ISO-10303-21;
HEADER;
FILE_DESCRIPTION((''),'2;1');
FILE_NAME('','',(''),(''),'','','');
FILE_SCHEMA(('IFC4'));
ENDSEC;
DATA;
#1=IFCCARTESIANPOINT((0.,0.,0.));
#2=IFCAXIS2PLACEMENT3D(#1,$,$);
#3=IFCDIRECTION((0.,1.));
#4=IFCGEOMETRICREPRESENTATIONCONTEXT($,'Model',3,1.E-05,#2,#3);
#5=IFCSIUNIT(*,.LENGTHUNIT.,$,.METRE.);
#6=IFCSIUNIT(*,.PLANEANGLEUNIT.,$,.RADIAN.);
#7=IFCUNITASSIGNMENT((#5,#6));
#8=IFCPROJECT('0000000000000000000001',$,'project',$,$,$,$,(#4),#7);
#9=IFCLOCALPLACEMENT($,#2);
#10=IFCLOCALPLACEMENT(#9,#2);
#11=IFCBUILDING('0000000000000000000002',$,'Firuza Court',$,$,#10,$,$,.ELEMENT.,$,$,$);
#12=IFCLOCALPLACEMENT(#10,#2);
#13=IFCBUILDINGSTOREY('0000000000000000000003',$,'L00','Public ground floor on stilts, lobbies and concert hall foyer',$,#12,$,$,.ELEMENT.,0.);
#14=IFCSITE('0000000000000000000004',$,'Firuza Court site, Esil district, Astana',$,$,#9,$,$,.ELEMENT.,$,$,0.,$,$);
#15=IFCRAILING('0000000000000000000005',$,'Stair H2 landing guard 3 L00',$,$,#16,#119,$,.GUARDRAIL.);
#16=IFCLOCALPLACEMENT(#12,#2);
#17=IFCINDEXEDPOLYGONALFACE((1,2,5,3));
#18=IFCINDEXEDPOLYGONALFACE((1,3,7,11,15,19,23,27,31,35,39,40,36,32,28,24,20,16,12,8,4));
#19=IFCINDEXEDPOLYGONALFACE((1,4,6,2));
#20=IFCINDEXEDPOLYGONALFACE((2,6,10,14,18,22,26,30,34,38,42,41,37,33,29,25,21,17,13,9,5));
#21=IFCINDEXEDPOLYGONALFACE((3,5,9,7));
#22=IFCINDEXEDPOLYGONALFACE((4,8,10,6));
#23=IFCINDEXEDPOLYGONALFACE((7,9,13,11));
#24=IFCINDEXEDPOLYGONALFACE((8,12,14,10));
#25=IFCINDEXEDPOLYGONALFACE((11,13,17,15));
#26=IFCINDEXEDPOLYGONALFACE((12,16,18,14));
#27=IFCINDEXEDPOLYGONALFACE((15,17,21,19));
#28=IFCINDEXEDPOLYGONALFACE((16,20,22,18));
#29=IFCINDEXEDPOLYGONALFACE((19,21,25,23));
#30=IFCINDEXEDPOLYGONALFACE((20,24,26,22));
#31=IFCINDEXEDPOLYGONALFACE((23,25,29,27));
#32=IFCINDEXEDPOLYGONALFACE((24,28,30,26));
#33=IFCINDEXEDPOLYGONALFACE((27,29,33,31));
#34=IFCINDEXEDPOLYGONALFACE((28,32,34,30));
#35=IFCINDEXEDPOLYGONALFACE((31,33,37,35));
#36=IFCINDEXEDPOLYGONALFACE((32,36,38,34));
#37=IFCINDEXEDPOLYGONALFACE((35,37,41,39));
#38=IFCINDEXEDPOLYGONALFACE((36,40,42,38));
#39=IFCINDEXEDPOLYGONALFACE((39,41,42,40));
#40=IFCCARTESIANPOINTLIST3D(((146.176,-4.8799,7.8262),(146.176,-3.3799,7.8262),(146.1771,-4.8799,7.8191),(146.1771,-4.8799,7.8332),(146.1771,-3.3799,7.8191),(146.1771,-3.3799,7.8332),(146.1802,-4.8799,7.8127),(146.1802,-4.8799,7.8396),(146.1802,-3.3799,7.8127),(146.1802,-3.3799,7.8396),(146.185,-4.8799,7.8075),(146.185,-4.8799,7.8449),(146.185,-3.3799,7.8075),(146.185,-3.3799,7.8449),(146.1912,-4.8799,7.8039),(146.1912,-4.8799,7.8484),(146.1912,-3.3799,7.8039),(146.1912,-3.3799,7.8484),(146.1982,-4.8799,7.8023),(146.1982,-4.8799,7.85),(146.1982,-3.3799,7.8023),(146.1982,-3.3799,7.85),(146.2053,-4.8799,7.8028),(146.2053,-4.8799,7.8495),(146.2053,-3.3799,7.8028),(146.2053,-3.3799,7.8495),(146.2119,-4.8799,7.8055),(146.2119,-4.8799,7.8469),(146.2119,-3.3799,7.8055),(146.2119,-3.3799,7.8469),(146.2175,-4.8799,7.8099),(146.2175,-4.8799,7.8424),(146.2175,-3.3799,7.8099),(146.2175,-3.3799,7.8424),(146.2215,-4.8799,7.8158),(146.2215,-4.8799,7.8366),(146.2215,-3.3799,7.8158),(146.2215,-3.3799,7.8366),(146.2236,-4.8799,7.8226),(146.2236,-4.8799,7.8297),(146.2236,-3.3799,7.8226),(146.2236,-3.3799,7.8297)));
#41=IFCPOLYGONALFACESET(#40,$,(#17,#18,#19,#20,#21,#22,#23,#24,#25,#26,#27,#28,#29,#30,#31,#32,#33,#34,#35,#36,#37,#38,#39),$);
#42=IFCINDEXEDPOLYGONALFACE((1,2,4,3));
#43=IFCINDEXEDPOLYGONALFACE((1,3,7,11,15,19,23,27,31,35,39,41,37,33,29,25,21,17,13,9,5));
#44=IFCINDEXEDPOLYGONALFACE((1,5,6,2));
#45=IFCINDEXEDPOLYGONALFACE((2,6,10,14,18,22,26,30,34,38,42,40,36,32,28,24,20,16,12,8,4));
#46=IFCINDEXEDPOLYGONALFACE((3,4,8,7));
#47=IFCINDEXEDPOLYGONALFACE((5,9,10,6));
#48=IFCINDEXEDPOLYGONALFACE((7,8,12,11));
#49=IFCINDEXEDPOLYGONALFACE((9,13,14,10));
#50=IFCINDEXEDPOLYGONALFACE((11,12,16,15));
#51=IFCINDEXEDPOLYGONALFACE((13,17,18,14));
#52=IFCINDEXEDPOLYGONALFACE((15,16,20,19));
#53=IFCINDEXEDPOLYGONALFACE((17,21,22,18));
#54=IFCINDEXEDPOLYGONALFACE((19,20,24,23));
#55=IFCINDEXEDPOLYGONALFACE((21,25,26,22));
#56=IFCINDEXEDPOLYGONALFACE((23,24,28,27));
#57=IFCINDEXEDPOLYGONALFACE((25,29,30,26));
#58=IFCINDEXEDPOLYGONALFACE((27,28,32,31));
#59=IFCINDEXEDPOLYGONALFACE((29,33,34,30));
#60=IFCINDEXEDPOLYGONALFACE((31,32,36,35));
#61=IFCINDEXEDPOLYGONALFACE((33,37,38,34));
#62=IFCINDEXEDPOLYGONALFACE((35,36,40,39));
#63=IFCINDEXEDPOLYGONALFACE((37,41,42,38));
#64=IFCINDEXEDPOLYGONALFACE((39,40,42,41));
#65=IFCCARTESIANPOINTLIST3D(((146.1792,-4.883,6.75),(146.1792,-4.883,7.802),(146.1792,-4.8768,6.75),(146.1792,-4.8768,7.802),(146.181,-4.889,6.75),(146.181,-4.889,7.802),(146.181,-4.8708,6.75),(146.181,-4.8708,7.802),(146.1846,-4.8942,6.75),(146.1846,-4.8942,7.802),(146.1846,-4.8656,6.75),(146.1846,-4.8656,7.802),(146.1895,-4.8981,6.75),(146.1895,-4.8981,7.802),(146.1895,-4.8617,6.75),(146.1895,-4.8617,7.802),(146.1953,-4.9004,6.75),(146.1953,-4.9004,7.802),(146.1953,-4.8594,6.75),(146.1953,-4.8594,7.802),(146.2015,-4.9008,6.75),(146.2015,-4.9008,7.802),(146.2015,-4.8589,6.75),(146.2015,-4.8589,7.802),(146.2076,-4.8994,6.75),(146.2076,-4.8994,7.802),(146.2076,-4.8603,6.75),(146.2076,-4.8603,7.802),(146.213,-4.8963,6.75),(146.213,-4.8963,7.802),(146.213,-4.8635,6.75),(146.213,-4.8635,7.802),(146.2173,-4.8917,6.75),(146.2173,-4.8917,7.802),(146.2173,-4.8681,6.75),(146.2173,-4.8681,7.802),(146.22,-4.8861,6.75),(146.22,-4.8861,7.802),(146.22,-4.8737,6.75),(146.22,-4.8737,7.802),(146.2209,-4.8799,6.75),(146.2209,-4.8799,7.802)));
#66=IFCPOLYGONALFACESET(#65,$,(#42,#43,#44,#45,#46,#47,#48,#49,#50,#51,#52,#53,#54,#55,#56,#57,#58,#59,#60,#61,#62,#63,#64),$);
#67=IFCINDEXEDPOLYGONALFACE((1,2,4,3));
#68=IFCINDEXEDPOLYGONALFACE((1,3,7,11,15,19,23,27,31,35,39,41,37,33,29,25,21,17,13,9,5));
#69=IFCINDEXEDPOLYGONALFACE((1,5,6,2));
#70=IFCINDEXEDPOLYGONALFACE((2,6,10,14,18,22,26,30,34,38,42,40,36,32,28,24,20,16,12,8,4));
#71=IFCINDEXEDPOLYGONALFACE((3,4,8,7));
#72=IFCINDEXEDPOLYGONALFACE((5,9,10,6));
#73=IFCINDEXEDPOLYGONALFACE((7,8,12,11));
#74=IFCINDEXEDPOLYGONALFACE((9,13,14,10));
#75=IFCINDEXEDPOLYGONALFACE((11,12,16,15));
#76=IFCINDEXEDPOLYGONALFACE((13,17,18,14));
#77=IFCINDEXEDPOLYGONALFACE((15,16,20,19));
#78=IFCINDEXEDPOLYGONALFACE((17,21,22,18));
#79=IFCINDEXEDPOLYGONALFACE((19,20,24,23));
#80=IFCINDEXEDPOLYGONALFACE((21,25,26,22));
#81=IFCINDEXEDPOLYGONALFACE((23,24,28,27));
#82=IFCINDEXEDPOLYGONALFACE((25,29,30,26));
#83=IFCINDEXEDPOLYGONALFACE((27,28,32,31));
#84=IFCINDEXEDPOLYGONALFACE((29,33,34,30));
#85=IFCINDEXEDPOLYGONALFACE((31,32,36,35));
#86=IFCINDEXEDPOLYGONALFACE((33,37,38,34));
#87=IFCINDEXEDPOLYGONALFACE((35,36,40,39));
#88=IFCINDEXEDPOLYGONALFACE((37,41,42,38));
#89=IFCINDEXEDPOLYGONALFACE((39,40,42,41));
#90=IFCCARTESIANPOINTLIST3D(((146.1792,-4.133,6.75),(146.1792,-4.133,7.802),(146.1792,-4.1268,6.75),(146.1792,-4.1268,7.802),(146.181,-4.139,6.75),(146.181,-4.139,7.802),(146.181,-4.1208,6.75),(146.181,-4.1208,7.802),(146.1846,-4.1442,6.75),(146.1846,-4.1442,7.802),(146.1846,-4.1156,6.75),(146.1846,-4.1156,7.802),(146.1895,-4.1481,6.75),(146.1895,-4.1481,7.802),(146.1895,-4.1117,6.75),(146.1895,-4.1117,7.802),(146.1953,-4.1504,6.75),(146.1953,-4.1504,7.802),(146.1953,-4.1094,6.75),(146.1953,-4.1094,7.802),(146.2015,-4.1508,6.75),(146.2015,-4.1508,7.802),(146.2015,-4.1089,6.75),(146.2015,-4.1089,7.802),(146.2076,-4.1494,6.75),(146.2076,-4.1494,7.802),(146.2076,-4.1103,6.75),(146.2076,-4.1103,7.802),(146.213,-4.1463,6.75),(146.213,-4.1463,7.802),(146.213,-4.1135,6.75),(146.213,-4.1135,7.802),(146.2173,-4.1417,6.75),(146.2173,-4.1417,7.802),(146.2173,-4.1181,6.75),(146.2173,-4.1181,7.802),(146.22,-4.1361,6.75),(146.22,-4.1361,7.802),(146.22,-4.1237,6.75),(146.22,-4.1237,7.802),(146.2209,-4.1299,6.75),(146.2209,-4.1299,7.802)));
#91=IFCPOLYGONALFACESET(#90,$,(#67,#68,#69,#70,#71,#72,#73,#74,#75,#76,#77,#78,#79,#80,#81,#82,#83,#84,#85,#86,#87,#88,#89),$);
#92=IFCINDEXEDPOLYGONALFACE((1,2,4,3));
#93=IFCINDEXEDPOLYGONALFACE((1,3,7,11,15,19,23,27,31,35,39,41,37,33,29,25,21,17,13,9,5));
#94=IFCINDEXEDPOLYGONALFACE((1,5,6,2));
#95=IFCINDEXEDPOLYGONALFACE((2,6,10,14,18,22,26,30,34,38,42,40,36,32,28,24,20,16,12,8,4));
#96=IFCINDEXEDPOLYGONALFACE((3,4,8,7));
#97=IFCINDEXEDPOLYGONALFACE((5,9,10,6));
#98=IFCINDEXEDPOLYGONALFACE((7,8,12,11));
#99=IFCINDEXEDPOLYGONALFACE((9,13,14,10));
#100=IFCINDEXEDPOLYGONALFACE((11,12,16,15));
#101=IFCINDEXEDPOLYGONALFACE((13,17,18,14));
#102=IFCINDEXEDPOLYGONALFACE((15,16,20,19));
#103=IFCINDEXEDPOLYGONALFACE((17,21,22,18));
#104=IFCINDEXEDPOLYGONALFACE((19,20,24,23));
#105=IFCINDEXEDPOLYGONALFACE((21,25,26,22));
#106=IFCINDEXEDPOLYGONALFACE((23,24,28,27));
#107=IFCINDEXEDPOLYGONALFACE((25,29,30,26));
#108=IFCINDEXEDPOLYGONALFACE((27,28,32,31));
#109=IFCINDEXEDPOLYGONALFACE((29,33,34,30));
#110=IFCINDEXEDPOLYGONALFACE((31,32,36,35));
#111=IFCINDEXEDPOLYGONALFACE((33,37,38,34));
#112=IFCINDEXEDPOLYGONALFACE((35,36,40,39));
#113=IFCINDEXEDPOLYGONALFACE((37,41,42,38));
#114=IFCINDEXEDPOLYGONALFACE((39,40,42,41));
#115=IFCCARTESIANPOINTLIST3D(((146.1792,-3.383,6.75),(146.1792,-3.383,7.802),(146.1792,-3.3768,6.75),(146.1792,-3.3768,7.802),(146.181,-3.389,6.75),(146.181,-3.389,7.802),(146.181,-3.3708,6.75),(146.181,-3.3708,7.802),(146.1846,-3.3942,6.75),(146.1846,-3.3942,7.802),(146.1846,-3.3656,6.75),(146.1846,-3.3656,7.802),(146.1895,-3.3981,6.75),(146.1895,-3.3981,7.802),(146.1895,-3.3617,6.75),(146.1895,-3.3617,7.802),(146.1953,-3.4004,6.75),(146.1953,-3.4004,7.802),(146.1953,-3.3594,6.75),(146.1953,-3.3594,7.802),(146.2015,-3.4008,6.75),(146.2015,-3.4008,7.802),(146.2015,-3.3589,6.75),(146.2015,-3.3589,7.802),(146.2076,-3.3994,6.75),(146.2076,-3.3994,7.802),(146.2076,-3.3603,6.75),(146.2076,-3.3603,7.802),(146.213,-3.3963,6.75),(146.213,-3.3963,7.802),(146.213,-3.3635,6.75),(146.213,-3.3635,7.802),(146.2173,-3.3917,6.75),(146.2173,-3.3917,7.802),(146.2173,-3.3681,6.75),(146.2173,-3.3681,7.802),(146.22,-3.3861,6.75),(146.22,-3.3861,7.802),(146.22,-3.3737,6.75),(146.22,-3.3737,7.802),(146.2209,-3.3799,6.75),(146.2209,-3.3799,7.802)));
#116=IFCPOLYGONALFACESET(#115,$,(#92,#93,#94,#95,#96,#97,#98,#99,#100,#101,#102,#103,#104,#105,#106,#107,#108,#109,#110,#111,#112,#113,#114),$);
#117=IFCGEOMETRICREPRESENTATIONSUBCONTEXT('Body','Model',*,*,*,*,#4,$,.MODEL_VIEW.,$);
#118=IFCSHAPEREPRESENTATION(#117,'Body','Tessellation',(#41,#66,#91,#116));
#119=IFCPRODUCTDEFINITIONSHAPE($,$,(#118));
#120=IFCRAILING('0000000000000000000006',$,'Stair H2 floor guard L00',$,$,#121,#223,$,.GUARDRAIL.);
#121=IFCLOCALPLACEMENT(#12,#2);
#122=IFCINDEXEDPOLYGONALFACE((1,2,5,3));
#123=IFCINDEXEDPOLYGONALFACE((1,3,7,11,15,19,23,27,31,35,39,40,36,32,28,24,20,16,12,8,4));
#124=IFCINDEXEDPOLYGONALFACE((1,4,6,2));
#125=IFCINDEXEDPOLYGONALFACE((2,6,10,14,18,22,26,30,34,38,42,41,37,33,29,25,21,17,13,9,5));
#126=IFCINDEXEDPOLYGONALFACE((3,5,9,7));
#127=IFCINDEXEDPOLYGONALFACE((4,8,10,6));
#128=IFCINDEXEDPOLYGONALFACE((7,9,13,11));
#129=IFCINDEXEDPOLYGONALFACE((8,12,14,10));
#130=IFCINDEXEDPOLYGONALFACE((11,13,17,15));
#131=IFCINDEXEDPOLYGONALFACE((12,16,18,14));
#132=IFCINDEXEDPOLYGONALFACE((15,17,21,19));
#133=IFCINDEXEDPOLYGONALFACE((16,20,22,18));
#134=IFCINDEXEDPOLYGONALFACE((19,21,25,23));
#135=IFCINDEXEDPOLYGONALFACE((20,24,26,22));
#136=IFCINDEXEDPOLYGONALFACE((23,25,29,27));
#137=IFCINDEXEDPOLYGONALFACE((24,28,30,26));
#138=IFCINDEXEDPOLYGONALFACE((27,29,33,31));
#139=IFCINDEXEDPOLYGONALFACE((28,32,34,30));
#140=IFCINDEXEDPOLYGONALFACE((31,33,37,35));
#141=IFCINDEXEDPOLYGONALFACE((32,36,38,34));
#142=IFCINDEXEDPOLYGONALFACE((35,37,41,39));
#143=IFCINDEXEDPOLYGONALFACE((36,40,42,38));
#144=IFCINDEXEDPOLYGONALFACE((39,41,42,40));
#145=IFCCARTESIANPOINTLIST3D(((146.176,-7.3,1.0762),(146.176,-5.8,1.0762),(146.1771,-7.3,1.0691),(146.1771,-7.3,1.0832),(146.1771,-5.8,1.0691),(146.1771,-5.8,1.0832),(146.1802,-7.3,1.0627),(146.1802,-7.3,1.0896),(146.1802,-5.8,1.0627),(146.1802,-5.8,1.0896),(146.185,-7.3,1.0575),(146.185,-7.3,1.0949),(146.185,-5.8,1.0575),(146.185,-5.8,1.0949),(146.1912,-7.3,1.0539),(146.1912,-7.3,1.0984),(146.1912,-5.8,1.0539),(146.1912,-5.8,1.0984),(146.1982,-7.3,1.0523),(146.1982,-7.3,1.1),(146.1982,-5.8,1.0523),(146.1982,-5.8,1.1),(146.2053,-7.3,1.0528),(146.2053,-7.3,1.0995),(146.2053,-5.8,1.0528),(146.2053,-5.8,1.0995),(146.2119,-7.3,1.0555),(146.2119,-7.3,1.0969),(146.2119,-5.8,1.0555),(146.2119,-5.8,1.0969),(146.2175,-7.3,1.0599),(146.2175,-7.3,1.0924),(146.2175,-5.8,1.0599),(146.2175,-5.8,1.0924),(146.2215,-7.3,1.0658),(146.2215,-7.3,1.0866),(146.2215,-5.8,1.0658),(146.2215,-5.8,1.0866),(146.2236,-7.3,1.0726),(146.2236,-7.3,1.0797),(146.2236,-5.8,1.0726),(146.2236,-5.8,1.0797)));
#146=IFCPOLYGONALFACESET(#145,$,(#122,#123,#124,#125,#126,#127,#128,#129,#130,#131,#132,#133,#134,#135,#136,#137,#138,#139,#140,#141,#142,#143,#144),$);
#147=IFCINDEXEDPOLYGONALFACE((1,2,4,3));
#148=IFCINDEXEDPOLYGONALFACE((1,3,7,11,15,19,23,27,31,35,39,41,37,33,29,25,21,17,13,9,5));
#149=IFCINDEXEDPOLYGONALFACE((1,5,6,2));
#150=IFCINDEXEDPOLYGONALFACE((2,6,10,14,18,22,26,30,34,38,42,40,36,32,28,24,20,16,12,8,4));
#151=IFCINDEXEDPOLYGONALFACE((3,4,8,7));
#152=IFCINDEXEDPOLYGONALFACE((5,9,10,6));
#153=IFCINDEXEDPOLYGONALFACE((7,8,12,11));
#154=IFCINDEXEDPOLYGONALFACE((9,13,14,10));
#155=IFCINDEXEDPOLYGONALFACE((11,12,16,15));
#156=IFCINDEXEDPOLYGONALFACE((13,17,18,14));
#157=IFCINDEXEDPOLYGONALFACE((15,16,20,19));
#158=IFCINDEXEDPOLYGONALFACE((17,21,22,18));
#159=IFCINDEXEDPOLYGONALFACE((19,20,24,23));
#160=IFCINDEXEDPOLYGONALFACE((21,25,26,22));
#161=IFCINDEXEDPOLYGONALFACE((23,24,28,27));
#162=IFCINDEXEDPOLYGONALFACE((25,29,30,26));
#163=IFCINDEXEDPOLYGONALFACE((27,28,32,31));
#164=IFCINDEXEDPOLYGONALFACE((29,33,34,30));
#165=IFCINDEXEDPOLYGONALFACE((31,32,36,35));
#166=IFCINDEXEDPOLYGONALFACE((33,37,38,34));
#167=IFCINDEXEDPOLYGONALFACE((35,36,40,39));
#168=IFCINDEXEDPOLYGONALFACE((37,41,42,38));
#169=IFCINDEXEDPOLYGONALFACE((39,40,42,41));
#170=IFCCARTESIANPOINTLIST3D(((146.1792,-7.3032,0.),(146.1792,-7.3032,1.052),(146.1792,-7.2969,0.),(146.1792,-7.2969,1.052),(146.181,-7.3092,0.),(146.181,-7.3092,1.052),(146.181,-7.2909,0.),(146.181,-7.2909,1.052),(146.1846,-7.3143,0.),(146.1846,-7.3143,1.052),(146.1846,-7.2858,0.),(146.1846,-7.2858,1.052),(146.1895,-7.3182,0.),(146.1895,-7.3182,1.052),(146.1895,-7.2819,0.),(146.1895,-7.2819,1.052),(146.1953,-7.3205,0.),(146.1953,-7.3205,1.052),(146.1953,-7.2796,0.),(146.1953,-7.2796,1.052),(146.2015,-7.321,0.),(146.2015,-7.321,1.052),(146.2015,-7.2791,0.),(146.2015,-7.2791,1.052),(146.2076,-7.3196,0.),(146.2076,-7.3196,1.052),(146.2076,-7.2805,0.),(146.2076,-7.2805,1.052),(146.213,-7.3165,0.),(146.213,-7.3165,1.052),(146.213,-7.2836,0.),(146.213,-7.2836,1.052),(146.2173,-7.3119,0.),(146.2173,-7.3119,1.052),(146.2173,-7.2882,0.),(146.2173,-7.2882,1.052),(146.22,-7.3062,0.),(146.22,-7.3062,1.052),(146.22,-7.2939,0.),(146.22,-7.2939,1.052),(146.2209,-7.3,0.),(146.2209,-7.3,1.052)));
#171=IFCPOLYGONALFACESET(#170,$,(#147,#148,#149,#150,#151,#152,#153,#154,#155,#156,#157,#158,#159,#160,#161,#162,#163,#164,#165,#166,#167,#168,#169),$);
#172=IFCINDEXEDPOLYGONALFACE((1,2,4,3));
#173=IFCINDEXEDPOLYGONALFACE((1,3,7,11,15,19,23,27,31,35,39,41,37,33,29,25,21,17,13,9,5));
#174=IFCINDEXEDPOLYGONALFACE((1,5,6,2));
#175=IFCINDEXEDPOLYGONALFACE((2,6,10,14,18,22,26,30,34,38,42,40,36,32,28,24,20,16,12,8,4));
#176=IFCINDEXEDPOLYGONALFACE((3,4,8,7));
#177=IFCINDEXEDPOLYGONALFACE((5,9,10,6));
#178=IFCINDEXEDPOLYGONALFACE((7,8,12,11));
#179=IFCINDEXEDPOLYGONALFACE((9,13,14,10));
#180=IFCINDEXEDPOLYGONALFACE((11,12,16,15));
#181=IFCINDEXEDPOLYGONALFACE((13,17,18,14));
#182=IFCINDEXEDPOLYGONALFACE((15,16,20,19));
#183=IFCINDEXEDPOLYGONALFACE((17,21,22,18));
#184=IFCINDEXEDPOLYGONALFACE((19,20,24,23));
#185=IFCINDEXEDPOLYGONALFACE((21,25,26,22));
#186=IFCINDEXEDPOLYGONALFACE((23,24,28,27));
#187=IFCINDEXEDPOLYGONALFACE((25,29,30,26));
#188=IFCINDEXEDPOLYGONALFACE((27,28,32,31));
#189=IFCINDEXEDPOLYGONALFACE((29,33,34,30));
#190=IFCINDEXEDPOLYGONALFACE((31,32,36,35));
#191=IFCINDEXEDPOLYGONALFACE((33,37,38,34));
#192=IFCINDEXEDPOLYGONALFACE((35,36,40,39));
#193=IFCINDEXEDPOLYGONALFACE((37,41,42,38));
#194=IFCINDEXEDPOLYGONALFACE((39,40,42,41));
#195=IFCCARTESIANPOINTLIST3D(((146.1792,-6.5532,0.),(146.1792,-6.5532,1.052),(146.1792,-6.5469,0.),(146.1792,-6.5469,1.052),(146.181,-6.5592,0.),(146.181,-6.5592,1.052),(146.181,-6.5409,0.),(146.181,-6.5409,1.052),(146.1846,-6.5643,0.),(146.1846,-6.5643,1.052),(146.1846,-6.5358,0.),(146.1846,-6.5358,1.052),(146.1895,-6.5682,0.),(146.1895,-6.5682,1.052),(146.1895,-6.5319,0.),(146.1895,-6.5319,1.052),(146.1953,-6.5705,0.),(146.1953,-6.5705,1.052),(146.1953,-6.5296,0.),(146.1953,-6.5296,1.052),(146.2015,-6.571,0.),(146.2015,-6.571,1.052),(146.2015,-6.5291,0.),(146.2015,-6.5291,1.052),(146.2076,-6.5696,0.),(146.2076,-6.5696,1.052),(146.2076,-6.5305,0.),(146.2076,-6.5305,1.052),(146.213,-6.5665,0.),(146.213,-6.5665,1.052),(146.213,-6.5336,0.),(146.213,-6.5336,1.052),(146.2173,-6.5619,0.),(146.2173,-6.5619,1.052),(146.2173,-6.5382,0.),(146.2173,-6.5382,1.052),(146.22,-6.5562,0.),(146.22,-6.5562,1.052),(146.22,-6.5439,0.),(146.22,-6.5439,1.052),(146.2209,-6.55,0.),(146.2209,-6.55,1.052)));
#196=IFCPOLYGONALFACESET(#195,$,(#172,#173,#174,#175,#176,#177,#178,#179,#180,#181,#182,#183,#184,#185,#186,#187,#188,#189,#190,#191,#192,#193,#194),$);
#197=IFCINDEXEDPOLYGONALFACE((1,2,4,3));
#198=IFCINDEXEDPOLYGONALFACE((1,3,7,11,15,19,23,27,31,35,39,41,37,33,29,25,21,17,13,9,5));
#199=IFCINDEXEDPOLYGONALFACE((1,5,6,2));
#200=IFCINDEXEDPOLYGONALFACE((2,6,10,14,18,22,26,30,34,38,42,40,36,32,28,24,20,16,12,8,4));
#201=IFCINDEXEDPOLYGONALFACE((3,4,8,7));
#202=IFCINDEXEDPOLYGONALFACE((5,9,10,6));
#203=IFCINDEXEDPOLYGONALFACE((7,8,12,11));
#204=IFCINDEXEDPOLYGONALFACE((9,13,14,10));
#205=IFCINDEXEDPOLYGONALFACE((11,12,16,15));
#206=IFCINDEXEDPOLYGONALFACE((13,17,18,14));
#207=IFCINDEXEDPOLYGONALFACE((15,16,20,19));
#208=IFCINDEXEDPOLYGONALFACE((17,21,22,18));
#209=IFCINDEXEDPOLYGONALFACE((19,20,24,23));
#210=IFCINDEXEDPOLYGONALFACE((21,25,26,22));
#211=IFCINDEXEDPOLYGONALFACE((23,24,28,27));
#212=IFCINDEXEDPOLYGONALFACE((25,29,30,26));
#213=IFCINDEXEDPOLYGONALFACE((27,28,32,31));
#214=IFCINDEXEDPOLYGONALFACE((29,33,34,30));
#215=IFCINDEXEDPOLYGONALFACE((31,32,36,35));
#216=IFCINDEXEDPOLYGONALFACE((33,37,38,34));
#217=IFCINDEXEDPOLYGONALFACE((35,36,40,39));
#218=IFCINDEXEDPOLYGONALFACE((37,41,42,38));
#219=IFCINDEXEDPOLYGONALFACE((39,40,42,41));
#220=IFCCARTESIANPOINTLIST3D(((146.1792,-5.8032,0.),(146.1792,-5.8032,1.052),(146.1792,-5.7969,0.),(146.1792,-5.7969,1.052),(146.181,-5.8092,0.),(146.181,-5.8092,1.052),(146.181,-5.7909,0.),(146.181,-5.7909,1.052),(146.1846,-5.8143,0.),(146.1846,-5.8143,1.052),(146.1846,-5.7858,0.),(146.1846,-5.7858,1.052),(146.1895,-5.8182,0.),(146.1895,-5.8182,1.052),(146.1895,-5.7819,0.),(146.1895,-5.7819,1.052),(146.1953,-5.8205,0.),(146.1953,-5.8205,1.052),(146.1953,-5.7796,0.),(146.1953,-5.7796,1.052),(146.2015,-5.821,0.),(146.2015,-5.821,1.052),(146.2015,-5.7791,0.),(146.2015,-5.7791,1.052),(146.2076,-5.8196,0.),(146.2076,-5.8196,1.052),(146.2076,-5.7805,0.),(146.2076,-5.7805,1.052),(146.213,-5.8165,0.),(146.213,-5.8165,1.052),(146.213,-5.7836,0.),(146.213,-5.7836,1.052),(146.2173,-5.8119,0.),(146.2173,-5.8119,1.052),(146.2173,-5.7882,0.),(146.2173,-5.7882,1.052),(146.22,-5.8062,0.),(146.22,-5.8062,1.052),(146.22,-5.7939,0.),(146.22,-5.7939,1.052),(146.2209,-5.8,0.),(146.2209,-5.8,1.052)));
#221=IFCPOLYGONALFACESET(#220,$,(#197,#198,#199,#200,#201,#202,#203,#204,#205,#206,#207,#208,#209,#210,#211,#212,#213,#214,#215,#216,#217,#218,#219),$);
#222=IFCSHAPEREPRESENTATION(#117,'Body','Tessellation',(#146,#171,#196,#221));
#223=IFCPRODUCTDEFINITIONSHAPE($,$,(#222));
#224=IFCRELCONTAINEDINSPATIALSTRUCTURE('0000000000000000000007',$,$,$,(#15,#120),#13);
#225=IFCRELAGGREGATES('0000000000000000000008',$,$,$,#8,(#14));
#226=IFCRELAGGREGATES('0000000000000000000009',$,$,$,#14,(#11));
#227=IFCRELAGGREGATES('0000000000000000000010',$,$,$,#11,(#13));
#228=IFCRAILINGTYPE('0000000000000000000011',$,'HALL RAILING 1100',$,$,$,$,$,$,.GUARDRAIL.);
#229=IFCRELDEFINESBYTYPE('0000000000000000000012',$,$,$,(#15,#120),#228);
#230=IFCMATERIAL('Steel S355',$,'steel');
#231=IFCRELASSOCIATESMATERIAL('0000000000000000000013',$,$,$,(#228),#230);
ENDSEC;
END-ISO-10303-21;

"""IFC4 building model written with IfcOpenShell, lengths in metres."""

from ifc_helpers import new_model, si_unit, direction, frame, origin, origin_2d, place, context, subcontext, project, spatial, circle, extrude, material, type_object, element, save


model = new_model("IFC4")

# Units and contexts
model_context = context("Model", 3, precision=1e-05, world=origin(), true_north=direction((0.0, 1.0)))
body_context = subcontext(model_context, "Body", "Model", "MODEL_VIEW")
ifc_project = project(units=[si_unit("LENGTHUNIT", "METRE"), si_unit("PLANEANGLEUNIT", "RADIAN")], contexts=[model_context])

# Site, building, storey
site_placement = place(None, origin())
site = spatial("IfcSite", under=ifc_project, at=site_placement, Name="Firuza Court site, Esil district, Astana", CompositionType="ELEMENT", RefElevation=0.0)
building_placement = place(site_placement, origin())
building = spatial("IfcBuilding", under=site, at=building_placement, Name="Firuza Court", CompositionType="ELEMENT")
storey_placement = place(building_placement, origin())
storey = spatial("IfcBuildingStorey", under=building, at=storey_placement, Name="L00", Description="Public ground floor on stilts, lobbies and concert hall foyer", CompositionType="ELEMENT", Elevation=0.0)

# Railings
ifc_material_1 = material(Name="Steel S355", Category="steel")
railing_type_1 = type_object("IfcRailingType", Name="HALL RAILING 1100", PredefinedType="GUARDRAIL", material=ifc_material_1)
for number, where, name in (
    (1, (146.2, -4.8799, 6.75), "Stair H2 landing guard 3 L00"),
    (2, (146.2, -7.3, 0.0), "Stair H2 floor guard L00"),
):
    element("IfcRailing", number, at=place(storey_placement, frame(where)), inside=storey, type_object=railing_type_1, Name=name, PredefinedType="GUARDRAIL", context=body_context, shape_type="SweptSolid", body=[
        extrude(circle(Radius=0.0239, at=origin_2d()), frame((0.0, 0.0, 1.0762), z_axis=(0.0, 1.0, 0.0), x_axis=(-1.0, 0.0, 0.0)), (0.0, 0.0, 1.0), 1.5),
        extrude(circle(Radius=0.021, at=origin_2d()), origin(), (0.0, 0.0, 1.0), 1.052),
        extrude(circle(Radius=0.021, at=origin_2d()), frame((0.0, 0.75, 0.0)), (0.0, 0.0, 1.0), 1.052),
        extrude(circle(Radius=0.021, at=origin_2d()), frame((0.0, 1.5, 0.0)), (0.0, 0.0, 1.0), 1.052),
    ])

save(model, "model.ifc")
